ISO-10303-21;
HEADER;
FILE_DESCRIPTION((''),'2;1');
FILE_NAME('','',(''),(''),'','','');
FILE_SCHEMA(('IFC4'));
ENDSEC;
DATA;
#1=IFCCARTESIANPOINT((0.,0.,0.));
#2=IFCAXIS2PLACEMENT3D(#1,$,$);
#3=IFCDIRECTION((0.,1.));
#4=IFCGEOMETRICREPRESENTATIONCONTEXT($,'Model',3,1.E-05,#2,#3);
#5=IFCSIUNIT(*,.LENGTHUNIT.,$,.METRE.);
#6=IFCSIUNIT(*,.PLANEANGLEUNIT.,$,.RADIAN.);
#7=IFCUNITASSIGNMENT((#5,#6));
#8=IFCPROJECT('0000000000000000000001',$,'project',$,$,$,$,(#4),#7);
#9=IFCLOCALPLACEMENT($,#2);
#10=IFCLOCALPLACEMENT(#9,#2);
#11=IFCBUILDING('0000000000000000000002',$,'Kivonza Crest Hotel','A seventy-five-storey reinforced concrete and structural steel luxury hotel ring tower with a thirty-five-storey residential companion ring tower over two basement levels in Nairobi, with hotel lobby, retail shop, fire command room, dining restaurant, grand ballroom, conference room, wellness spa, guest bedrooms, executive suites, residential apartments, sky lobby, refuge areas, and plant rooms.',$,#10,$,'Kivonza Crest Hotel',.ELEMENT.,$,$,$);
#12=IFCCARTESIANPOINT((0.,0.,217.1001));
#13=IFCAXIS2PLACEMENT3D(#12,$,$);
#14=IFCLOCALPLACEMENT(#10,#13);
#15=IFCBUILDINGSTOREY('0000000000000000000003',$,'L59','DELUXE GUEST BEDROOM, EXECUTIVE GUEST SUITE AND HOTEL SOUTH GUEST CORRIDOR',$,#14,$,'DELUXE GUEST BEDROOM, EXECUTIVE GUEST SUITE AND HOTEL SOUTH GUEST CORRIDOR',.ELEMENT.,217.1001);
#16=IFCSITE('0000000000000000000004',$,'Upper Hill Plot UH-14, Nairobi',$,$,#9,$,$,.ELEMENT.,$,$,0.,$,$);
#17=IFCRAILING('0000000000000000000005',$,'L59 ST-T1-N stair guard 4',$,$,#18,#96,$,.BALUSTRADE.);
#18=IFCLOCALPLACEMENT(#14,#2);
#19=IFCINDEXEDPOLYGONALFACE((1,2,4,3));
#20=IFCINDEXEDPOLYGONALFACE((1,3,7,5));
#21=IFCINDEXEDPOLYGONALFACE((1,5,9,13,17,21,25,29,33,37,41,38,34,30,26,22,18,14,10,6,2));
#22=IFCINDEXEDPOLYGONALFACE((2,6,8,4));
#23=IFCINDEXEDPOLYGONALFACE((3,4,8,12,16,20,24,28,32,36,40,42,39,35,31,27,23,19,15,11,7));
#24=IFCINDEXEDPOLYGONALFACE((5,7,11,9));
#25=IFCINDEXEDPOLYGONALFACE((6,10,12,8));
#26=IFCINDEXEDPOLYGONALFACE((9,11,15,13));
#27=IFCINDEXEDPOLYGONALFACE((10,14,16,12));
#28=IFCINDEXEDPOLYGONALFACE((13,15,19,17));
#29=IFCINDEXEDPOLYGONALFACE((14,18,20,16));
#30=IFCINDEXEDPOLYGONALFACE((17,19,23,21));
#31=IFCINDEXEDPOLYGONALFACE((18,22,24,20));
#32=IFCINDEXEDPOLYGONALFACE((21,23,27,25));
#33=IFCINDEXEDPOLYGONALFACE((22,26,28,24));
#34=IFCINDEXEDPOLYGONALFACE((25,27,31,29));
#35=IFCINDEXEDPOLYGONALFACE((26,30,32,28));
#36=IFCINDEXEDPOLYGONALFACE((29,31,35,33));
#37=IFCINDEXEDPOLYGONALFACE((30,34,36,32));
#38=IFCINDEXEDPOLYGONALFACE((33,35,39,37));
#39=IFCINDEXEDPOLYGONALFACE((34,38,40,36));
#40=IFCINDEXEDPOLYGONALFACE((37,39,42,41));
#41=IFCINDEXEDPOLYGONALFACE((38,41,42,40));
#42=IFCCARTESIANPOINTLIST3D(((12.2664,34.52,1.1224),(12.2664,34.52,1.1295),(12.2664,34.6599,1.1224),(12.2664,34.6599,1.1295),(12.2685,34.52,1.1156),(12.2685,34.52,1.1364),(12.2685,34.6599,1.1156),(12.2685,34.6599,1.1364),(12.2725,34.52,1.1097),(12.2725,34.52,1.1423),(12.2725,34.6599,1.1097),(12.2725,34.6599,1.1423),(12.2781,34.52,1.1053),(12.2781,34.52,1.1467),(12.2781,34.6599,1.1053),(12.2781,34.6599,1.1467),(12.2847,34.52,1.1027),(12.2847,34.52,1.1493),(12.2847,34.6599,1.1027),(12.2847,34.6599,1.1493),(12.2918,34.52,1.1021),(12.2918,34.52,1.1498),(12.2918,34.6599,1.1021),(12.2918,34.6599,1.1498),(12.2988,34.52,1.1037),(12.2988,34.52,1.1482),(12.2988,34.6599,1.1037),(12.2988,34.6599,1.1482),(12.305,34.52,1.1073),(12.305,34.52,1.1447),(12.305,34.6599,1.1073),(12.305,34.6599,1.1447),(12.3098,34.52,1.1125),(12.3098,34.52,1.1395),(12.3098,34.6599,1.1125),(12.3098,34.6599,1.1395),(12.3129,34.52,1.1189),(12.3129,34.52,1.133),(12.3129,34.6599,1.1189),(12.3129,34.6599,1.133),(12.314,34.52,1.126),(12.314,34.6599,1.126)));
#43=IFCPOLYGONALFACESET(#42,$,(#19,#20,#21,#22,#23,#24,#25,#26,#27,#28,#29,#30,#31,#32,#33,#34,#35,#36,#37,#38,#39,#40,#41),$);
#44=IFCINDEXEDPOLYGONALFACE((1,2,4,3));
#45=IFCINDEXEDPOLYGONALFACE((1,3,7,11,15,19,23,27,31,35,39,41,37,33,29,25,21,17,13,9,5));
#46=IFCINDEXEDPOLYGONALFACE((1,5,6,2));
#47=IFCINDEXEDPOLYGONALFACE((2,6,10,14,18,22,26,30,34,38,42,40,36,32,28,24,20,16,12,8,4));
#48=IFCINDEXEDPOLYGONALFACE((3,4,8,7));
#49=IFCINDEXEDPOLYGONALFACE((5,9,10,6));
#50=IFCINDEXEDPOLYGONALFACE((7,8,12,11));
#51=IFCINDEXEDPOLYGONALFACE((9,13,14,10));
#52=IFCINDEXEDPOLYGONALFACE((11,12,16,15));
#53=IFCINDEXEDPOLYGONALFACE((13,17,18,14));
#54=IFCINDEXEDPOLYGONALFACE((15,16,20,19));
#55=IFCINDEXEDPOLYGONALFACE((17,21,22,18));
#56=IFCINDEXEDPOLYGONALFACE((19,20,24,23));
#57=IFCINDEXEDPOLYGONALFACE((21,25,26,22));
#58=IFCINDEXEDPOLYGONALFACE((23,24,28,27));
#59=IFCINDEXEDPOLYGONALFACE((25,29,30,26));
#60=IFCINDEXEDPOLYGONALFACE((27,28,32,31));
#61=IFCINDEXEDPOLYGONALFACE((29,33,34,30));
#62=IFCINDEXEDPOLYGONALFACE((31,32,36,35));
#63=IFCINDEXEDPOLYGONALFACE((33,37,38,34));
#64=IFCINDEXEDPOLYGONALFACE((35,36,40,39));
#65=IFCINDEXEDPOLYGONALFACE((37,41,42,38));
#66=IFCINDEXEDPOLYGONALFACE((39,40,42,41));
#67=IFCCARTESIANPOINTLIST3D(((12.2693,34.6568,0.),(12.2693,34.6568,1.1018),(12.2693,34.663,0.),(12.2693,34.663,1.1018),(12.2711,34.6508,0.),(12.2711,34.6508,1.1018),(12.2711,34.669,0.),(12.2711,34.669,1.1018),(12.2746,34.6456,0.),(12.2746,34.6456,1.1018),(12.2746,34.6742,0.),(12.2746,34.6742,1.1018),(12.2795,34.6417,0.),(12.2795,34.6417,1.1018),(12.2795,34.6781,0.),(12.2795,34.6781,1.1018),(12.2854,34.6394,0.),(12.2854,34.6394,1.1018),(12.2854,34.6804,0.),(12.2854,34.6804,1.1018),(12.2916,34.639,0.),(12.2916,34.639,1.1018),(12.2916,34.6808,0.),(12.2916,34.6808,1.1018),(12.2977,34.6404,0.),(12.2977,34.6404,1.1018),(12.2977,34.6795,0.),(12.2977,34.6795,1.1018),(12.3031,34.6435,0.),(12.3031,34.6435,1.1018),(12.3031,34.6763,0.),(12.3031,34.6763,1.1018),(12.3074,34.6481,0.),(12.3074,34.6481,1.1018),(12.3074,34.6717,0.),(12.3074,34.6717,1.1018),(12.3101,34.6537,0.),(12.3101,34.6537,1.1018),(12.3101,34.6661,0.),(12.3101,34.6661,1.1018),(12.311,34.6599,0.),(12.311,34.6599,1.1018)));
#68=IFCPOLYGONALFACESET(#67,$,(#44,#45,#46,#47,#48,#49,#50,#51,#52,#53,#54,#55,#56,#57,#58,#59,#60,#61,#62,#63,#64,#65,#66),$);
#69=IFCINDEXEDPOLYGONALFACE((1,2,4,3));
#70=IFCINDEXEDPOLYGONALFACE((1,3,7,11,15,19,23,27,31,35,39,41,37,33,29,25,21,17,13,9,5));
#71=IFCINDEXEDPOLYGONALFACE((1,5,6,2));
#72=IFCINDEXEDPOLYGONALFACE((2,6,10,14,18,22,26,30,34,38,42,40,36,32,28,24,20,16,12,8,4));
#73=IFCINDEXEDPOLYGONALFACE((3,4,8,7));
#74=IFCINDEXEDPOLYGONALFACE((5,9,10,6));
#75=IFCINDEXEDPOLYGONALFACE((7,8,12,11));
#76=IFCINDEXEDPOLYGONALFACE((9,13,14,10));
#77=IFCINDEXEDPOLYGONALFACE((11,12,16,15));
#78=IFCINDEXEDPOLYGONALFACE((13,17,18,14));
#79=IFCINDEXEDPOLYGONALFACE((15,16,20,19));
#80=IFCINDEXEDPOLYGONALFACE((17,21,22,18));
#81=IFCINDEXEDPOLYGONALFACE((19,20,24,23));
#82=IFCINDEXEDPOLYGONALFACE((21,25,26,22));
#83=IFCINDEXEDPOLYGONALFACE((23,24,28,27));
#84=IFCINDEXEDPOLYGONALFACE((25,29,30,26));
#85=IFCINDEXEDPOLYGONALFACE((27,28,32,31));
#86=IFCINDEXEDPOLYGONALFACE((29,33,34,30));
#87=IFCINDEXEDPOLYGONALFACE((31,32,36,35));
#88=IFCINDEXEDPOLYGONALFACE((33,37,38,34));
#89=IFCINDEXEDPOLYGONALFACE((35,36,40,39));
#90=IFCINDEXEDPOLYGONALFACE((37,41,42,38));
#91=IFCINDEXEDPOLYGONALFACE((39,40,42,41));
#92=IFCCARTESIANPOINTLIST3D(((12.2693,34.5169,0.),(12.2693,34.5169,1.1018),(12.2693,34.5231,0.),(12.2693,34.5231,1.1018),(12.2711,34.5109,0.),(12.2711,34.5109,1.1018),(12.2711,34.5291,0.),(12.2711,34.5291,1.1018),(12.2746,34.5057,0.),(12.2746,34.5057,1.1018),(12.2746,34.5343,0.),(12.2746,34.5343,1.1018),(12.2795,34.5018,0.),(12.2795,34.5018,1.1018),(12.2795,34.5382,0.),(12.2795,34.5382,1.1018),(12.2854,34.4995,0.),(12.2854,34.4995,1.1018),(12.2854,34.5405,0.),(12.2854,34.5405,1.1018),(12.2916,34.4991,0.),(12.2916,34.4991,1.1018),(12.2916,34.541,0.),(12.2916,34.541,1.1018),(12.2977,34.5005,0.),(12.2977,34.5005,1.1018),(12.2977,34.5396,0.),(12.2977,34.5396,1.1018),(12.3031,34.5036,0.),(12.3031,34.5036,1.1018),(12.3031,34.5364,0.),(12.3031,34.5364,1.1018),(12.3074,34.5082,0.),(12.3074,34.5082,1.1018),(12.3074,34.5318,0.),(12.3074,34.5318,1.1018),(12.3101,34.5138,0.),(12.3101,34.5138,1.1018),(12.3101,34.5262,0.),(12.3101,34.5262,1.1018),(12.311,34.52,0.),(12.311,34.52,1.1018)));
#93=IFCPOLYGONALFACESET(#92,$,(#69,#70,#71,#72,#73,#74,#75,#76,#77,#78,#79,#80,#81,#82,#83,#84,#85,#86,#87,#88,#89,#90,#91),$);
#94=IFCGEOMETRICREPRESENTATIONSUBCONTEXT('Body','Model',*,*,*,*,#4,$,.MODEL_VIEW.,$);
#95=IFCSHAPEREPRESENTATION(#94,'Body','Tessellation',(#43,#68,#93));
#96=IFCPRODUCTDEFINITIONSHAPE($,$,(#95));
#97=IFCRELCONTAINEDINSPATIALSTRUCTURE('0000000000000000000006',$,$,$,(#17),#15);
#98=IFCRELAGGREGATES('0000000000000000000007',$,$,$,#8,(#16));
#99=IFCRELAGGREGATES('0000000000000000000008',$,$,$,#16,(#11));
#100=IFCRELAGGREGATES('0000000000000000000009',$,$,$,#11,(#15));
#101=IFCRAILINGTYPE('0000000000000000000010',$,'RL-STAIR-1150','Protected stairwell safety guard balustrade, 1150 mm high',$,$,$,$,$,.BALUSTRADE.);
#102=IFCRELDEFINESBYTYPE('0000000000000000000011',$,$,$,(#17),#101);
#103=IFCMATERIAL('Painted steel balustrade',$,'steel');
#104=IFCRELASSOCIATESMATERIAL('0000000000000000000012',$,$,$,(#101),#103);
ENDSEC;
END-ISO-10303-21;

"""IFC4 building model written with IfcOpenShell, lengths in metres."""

from ifc_helpers import new_model, si_unit, direction, frame, origin, origin_2d, place, context, subcontext, project, spatial, circle, extrude, material, type_object, element, save


model = new_model("IFC4")

# Units and contexts
model_context = context("Model", 3, precision=1e-05, world=origin(), true_north=direction((0.0, 1.0)))
body_context = subcontext(model_context, "Body", "Model", "MODEL_VIEW")
ifc_project = project(units=[si_unit("LENGTHUNIT", "METRE"), si_unit("PLANEANGLEUNIT", "RADIAN")], contexts=[model_context])

# Site, building, storey
site_placement = place(None, origin())
site = spatial("IfcSite", under=ifc_project, at=site_placement, Name="Upper Hill Plot UH-14, Nairobi", CompositionType="ELEMENT", RefElevation=0.0)
building_placement = place(site_placement, origin())
building = spatial("IfcBuilding", under=site, at=building_placement, Name="Kivonza Crest Hotel", Description="A seventy-five-storey reinforced concrete and structural steel luxury hotel ring tower with a thirty-five-storey residential companion ring tower over two basement levels in Nairobi, with hotel lobby, retail shop, fire command room, dining restaurant, grand ballroom, conference room, wellness spa, guest bedrooms, executive suites, residential apartments, sky lobby, refuge areas, and plant rooms.", LongName="Kivonza Crest Hotel", CompositionType="ELEMENT")
storey_placement = place(building_placement, frame((0.0, 0.0, 217.1001)))
storey = spatial("IfcBuildingStorey", under=building, at=storey_placement, Name="L59", Description="DELUXE GUEST BEDROOM, EXECUTIVE GUEST SUITE AND HOTEL SOUTH GUEST CORRIDOR", LongName="DELUXE GUEST BEDROOM, EXECUTIVE GUEST SUITE AND HOTEL SOUTH GUEST CORRIDOR", CompositionType="ELEMENT", Elevation=217.1001)

# Railing
ifc_material_1 = material(Name="Painted steel balustrade", Category="steel")
railing_type_1 = type_object("IfcRailingType", Name="RL-STAIR-1150", Description="Protected stairwell safety guard balustrade, 1150 mm high", PredefinedType="BALUSTRADE", material=ifc_material_1)
railing_1_placement = place(storey_placement, frame((12.29, 34.6599, 0.0)))
element("IfcRailing", 1, at=railing_1_placement, inside=storey, type_object=railing_type_1, Name="L59 ST-T1-N stair guard 4", PredefinedType="BALUSTRADE", context=body_context, shape_type="SweptSolid", body=[
    extrude(circle(Radius=0.0239, at=origin_2d()), frame((0.0, 0.0, 1.126), z_axis=(0.0, -1.0, 0.0), x_axis=(1.0, 0.0, 0.0)), (0.0, 0.0, 1.0), 0.1399),
    extrude(circle(Radius=0.021, at=origin_2d()), origin(), (0.0, 0.0, 1.0), 1.1018),
    extrude(circle(Radius=0.021, at=origin_2d()), frame((0.0, -0.1399, 0.0)), (0.0, 0.0, 1.0), 1.1018),
])

save(model, "model.ifc")
